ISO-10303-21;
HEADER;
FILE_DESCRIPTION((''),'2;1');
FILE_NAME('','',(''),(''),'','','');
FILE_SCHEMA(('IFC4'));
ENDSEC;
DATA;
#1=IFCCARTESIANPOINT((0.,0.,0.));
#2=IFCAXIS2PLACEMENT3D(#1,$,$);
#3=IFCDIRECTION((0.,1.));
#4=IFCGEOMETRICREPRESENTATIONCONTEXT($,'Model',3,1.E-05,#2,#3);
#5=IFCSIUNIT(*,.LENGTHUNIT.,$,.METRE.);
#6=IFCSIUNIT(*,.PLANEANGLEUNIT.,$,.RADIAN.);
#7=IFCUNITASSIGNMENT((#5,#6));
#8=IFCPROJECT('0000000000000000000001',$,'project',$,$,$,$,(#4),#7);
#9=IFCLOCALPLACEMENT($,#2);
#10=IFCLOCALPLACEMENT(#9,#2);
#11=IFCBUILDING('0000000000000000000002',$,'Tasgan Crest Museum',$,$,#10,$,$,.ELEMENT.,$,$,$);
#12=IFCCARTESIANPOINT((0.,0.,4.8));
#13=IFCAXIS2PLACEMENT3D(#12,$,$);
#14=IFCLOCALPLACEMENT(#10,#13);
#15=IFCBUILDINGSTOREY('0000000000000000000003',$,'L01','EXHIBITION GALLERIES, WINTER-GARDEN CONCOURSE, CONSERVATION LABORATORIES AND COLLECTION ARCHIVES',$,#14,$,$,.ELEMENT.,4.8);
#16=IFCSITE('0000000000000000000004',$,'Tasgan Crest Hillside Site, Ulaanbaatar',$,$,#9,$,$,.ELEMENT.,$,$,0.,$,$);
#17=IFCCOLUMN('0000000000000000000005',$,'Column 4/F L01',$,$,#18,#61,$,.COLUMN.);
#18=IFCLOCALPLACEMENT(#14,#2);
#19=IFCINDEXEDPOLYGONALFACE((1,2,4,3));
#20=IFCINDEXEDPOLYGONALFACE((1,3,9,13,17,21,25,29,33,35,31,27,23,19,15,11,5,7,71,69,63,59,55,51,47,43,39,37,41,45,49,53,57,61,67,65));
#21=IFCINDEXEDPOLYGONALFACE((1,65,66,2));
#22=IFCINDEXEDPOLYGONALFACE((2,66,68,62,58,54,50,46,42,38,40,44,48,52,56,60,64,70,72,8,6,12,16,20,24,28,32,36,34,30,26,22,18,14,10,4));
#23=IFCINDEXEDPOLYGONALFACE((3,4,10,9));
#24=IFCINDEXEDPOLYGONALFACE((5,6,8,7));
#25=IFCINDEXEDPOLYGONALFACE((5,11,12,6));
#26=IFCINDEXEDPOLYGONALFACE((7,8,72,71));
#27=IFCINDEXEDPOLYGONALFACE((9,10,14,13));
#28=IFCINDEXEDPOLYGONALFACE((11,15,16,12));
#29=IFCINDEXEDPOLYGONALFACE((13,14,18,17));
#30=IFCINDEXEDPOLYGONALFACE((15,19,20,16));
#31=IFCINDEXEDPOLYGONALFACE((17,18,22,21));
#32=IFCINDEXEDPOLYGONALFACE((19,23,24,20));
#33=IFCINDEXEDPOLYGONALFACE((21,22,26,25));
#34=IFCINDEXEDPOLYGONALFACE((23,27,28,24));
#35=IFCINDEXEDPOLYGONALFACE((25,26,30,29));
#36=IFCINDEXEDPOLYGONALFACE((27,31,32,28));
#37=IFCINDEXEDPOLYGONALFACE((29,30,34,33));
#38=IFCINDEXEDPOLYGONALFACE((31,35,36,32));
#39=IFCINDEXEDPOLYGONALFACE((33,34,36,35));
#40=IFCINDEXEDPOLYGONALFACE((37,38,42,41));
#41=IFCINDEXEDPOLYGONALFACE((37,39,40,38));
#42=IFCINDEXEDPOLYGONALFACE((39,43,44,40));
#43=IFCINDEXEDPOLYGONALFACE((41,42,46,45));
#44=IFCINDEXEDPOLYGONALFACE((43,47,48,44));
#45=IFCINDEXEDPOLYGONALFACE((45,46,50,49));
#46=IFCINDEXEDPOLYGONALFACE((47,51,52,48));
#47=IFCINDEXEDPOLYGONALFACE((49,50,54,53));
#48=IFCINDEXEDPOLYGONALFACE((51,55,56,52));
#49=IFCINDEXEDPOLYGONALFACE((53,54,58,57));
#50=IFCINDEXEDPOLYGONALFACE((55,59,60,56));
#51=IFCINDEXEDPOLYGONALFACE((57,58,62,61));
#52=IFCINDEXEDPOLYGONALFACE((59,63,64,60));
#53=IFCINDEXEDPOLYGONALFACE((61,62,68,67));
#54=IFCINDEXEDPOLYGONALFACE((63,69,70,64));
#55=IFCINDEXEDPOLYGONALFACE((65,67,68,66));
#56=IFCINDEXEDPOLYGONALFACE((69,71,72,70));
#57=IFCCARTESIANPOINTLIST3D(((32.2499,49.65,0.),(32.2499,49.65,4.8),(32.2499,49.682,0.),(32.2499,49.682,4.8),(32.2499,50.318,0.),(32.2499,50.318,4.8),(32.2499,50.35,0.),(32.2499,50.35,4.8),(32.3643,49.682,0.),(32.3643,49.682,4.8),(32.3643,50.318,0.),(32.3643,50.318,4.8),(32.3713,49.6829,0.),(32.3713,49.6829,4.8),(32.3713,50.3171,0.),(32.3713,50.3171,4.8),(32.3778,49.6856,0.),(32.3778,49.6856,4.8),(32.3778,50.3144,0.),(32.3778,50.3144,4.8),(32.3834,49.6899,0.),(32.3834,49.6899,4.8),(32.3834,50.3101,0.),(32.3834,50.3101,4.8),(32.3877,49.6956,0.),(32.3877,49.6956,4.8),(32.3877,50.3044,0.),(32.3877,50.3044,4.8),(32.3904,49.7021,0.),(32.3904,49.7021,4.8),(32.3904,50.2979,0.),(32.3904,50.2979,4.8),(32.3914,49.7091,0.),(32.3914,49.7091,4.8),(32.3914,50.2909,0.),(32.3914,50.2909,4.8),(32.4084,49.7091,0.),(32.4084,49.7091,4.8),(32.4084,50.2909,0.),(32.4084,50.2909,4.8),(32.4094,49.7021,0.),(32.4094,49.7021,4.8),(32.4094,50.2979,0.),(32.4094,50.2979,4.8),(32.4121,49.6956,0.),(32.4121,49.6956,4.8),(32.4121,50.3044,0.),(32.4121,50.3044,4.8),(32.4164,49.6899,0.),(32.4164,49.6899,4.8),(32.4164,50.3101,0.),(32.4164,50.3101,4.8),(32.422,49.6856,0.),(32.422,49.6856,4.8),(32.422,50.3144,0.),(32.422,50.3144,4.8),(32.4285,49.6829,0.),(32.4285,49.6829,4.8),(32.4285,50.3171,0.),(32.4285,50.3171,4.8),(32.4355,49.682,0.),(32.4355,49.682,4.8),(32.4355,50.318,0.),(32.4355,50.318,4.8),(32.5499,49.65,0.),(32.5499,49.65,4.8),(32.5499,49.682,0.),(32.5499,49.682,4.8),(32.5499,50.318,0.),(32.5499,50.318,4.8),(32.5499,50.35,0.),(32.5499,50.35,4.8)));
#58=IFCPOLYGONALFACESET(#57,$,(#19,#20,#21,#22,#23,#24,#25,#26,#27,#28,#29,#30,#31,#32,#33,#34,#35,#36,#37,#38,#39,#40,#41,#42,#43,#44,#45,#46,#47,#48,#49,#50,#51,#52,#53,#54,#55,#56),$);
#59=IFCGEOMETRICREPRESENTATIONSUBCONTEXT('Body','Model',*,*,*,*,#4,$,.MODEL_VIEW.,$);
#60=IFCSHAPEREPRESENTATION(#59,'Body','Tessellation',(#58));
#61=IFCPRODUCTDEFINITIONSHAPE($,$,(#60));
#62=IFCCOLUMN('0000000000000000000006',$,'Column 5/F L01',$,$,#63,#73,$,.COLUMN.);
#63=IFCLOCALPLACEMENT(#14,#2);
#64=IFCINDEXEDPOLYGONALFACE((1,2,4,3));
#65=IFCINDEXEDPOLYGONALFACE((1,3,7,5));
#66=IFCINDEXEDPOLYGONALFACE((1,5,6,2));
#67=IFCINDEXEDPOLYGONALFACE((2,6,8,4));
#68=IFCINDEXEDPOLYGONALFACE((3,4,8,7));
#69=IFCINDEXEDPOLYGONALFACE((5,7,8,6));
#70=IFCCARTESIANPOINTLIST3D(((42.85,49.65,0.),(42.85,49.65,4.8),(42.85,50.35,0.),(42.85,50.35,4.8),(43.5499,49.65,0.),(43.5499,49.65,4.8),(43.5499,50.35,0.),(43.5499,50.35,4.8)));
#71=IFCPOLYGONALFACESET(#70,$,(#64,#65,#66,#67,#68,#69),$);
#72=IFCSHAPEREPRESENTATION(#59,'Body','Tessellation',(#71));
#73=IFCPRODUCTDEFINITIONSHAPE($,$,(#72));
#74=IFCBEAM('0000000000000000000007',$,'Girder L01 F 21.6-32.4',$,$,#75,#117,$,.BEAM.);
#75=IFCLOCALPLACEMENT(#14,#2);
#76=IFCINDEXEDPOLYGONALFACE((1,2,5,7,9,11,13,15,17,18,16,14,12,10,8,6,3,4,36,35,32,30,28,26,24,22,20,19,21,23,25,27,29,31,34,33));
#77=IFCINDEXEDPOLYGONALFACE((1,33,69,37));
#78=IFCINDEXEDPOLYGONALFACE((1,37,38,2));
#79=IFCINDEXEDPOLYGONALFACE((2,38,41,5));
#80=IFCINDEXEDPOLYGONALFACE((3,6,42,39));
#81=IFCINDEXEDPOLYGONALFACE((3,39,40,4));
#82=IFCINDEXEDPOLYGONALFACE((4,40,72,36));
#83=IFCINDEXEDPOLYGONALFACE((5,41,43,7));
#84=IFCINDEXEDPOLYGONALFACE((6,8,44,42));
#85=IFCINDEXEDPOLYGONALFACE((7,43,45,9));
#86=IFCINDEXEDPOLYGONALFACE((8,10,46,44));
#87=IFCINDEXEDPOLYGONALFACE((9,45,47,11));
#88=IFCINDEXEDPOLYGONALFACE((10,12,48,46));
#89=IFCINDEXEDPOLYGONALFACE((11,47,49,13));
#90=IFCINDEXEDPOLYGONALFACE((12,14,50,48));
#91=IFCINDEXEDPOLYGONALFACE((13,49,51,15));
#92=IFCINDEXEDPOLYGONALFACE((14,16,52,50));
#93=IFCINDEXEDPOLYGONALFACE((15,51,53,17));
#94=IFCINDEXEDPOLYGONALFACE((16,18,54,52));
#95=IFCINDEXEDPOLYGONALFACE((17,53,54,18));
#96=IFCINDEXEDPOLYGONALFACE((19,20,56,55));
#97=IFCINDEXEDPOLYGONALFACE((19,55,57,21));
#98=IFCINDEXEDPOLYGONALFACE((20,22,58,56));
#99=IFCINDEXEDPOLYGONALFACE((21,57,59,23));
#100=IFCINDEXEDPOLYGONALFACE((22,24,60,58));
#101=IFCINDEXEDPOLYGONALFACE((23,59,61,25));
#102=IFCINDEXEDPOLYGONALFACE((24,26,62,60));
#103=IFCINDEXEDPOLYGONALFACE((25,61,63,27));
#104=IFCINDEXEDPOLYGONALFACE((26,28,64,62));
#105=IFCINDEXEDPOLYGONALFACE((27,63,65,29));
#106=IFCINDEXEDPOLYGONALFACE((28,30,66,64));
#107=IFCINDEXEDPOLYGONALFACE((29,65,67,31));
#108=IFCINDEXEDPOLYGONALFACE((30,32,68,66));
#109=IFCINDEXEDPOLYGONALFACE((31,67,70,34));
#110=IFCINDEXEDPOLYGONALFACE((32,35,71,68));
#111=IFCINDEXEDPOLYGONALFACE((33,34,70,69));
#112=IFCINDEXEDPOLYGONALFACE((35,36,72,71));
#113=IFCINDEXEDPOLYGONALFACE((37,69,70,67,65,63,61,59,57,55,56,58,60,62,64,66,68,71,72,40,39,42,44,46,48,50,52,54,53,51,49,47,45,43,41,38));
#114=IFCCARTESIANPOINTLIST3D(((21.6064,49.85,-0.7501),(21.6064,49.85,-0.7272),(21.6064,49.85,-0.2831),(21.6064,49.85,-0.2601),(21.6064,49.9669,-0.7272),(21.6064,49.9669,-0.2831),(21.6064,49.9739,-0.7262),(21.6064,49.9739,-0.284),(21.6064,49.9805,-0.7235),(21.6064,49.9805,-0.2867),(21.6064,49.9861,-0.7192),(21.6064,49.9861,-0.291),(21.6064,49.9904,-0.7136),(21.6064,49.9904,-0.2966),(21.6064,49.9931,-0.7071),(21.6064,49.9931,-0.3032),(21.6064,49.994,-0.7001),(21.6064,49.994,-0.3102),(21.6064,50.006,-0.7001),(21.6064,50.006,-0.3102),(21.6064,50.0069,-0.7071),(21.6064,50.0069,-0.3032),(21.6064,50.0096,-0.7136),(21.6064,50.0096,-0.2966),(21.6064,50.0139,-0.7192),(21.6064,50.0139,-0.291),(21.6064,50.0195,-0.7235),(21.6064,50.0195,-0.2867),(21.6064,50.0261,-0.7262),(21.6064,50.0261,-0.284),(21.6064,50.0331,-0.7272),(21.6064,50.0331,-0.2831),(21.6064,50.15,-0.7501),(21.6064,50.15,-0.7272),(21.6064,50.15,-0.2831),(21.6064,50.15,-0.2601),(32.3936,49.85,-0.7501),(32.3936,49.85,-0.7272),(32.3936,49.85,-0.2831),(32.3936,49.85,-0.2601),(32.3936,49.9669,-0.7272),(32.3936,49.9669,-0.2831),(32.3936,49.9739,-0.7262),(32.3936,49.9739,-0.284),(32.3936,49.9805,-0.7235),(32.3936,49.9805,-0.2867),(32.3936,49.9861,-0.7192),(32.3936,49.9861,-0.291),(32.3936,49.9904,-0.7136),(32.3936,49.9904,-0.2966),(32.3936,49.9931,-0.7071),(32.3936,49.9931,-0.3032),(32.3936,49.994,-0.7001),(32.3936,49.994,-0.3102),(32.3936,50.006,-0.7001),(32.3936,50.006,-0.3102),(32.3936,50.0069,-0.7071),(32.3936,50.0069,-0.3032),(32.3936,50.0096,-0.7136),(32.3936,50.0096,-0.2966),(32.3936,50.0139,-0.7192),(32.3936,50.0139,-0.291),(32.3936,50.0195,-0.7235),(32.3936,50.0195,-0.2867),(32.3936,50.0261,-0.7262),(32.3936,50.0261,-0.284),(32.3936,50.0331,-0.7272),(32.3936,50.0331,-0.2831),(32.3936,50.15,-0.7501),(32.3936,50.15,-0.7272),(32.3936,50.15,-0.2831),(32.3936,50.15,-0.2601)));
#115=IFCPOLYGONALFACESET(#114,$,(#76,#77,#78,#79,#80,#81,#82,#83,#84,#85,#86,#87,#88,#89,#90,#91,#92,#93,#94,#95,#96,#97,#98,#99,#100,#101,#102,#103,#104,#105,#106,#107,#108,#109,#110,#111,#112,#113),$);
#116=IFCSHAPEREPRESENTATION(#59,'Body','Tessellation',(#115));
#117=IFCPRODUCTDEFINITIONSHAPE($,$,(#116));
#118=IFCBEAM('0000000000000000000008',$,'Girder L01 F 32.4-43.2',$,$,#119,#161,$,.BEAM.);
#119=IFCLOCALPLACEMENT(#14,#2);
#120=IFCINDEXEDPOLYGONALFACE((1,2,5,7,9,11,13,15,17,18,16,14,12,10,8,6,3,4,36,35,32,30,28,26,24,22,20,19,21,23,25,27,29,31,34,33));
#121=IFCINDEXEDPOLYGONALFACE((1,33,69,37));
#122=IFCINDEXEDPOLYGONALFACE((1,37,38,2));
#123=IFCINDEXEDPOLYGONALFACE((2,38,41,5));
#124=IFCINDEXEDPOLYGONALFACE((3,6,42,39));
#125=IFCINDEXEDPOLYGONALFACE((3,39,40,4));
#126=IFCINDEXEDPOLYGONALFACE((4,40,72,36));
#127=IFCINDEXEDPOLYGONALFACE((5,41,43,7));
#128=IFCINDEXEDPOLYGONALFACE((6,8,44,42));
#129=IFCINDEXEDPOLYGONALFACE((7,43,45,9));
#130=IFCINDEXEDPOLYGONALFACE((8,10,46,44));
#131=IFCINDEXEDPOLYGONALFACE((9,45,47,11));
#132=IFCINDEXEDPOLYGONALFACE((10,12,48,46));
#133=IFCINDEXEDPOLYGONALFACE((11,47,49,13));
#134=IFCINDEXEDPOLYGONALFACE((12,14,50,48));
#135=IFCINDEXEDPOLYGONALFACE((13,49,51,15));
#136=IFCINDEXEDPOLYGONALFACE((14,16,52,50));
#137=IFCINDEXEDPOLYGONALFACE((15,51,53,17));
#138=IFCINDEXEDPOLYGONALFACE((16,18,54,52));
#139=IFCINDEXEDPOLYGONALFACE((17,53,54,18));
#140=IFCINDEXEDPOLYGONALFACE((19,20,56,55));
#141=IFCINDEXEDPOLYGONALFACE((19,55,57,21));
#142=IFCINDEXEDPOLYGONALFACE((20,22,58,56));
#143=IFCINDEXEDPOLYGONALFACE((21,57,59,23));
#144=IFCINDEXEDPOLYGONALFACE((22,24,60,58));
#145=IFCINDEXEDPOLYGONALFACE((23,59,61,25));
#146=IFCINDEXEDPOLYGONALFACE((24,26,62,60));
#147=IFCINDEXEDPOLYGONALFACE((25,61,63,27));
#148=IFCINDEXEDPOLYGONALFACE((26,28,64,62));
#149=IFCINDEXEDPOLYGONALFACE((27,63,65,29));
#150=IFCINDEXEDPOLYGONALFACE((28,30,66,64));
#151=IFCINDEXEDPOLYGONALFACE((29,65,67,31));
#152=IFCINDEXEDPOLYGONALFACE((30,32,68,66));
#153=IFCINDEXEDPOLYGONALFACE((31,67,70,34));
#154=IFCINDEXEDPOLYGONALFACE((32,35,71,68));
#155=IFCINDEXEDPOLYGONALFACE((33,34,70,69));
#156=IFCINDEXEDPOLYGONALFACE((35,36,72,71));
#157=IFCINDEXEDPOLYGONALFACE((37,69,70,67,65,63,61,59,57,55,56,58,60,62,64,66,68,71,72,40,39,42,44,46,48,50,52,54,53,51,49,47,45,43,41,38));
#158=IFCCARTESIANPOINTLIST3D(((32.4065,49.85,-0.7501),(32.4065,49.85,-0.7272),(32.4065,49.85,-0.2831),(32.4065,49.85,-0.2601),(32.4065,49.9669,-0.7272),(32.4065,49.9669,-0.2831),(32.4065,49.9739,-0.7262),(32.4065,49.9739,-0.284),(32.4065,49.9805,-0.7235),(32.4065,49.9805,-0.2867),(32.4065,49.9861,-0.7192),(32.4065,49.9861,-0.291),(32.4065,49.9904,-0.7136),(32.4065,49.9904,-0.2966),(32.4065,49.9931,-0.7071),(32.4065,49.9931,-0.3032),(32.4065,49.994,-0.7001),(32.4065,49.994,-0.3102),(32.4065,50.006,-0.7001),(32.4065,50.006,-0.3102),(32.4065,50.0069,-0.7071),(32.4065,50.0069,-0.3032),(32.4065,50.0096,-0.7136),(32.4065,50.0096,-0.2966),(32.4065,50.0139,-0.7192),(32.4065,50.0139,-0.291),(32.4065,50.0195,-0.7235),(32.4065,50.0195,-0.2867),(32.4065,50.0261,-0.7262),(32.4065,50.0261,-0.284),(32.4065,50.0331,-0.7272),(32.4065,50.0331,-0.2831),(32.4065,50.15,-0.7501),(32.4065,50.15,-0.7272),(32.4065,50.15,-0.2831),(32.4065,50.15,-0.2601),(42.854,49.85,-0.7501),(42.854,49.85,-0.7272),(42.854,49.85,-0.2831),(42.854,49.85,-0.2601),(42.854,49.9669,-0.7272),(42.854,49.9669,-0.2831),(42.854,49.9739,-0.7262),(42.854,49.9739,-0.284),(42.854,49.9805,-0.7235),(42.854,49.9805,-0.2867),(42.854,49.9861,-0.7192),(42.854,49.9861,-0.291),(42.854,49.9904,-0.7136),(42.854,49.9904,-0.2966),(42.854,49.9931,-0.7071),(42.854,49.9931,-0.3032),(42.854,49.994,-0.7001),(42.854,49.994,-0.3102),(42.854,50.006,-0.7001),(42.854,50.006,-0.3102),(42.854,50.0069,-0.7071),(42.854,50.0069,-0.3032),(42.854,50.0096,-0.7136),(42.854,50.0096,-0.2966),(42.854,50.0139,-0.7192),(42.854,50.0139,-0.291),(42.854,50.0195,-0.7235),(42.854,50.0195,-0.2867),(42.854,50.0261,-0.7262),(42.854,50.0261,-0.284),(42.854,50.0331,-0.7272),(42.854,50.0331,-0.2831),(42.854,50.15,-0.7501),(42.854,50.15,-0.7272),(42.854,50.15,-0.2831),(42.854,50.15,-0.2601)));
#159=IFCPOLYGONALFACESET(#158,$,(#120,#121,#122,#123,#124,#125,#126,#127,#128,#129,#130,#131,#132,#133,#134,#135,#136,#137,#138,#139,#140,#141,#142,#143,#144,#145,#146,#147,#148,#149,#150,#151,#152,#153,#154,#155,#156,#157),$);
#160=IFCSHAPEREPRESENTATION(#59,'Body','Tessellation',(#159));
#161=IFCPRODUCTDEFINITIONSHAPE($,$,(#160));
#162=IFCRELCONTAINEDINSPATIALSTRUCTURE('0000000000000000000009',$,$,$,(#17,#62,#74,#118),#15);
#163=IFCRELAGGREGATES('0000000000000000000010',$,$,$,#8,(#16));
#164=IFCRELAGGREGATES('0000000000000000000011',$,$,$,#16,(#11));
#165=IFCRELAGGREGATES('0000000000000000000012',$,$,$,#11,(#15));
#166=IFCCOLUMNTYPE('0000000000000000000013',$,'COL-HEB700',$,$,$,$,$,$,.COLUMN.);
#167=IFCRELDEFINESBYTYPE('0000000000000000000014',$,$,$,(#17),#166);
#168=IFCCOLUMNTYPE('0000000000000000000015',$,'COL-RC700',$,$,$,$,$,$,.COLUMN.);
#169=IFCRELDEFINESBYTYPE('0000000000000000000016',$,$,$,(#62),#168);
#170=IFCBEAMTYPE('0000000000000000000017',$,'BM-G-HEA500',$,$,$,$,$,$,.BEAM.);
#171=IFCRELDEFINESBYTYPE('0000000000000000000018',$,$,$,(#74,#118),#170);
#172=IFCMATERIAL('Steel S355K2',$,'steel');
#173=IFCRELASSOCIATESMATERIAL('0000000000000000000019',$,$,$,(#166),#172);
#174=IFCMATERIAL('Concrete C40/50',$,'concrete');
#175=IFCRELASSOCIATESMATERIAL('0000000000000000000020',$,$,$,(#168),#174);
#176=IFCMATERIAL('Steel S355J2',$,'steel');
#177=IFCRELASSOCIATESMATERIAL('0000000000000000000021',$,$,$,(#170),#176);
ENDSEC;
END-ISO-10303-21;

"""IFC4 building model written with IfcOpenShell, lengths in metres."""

from ifc_helpers import new_model, si_unit, direction, frame, origin, origin_2d, place, context, subcontext, project, spatial, rectangle, i_section, extrude, material, material_profile, profile_set, type_object, element, save


model = new_model("IFC4")

# Units and contexts
model_context = context("Model", 3, precision=1e-05, world=origin(), true_north=direction((0.0, 1.0)))
body_context = subcontext(model_context, "Body", "Model", "MODEL_VIEW")
ifc_project = project(units=[si_unit("LENGTHUNIT", "METRE"), si_unit("PLANEANGLEUNIT", "RADIAN")], contexts=[model_context])

# Site, building, storey
site_placement = place(None, origin())
site = spatial("IfcSite", under=ifc_project, at=site_placement, Name="Tasgan Crest Hillside Site, Ulaanbaatar", CompositionType="ELEMENT", RefElevation=0.0)
building_placement = place(site_placement, origin())
building = spatial("IfcBuilding", under=site, at=building_placement, Name="Tasgan Crest Museum", CompositionType="ELEMENT")
storey_placement = place(building_placement, frame((0.0, 0.0, 4.8)))
storey = spatial("IfcBuildingStorey", under=building, at=storey_placement, Name="L01", Description="EXHIBITION GALLERIES, WINTER-GARDEN CONCOURSE, CONSERVATION LABORATORIES AND COLLECTION ARCHIVES", CompositionType="ELEMENT", Elevation=4.8)

# Columns
ifc_material_1 = material(Name="Steel S355K2", Category="steel")
ifc_material_profile_1 = material_profile(ifc_material_1, i_section(OverallWidth=0.3, OverallDepth=0.7, WebThickness=0.0171, FlangeThickness=0.032, FilletRadius=0.0271, at=origin_2d()), Name="HEB 700")
ifc_profile_set_1 = profile_set([ifc_material_profile_1], Name="Steel S355K2")
column_type_1 = type_object("IfcColumnType", Name="COL-HEB700", PredefinedType="COLUMN", material=ifc_profile_set_1)
column_1_placement = place(storey_placement, frame((32.3999, 50.0, 0.0), z_axis=(0.0, 0.0, 1.0), x_axis=(1.0, 0.0, 0.0)))
element("IfcColumn", 1, at=column_1_placement, inside=storey, type_object=column_type_1, Name="Column 4/F L01", PredefinedType="COLUMN", context=body_context, shape_type="SweptSolid", body=[
    extrude(i_section(OverallWidth=0.3, OverallDepth=0.7, WebThickness=0.0171, FlangeThickness=0.032, FilletRadius=0.0271, at=origin_2d()), origin(), (0.0, 0.0, 1.0), 4.8),
])
ifc_material_2 = material(Name="Concrete C40/50", Category="concrete")
ifc_material_profile_2 = material_profile(ifc_material_2, rectangle(XDim=0.7, YDim=0.7, at=origin_2d()), Name="RC 700x700")
ifc_profile_set_2 = profile_set([ifc_material_profile_2], Name="Concrete C40/50")
column_type_2 = type_object("IfcColumnType", Name="COL-RC700", PredefinedType="COLUMN", material=ifc_profile_set_2)
column_2_placement = place(storey_placement, frame((43.2, 50.0, 0.0), z_axis=(0.0, 0.0, 1.0), x_axis=(1.0, 0.0, 0.0)))
element("IfcColumn", 2, at=column_2_placement, inside=storey, type_object=column_type_2, Name="Column 5/F L01", PredefinedType="COLUMN", context=body_context, shape_type="SweptSolid", body=[
    extrude(rectangle(XDim=0.7, YDim=0.7, at=origin_2d()), origin(), (0.0, 0.0, 1.0), 4.8),
])

# Beams
ifc_material_3 = material(Name="Steel S355J2", Category="steel")
ifc_material_profile_3 = material_profile(ifc_material_3, i_section(OverallWidth=0.3, OverallDepth=0.49, WebThickness=0.012, FlangeThickness=0.0229, FilletRadius=0.0271, at=origin_2d()), Name="HEA 500")
ifc_profile_set_3 = profile_set([ifc_material_profile_3], Name="Steel S355J2")
beam_type_1 = type_object("IfcBeamType", Name="BM-G-HEA500", PredefinedType="BEAM", material=ifc_profile_set_3)
beam_1_placement = place(storey_placement, frame((21.6064, 50.0, -0.5051), z_axis=(1.0, 0.0, 0.0), x_axis=(0.0, 1.0, 0.0)))
element("IfcBeam", 3, at=beam_1_placement, inside=storey, type_object=beam_type_1, Name="Girder L01 F 21.6-32.4", PredefinedType="BEAM", context=body_context, shape_type="SweptSolid", body=[
    extrude(i_section(OverallWidth=0.3, OverallDepth=0.49, WebThickness=0.012, FlangeThickness=0.0229, FilletRadius=0.0271, at=origin_2d()), origin(), (0.0, 0.0, 1.0), 10.7871),
])
beam_2_placement = place(storey_placement, frame((32.4065, 50.0, -0.5051), z_axis=(1.0, 0.0, 0.0), x_axis=(0.0, 1.0, 0.0)))
element("IfcBeam", 4, at=beam_2_placement, inside=storey, type_object=beam_type_1, Name="Girder L01 F 32.4-43.2", PredefinedType="BEAM", context=body_context, shape_type="SweptSolid", body=[
    extrude(i_section(OverallWidth=0.3, OverallDepth=0.49, WebThickness=0.012, FlangeThickness=0.0229, FilletRadius=0.0271, at=origin_2d()), origin(), (0.0, 0.0, 1.0), 10.4475),
])

save(model, "model.ifc")
